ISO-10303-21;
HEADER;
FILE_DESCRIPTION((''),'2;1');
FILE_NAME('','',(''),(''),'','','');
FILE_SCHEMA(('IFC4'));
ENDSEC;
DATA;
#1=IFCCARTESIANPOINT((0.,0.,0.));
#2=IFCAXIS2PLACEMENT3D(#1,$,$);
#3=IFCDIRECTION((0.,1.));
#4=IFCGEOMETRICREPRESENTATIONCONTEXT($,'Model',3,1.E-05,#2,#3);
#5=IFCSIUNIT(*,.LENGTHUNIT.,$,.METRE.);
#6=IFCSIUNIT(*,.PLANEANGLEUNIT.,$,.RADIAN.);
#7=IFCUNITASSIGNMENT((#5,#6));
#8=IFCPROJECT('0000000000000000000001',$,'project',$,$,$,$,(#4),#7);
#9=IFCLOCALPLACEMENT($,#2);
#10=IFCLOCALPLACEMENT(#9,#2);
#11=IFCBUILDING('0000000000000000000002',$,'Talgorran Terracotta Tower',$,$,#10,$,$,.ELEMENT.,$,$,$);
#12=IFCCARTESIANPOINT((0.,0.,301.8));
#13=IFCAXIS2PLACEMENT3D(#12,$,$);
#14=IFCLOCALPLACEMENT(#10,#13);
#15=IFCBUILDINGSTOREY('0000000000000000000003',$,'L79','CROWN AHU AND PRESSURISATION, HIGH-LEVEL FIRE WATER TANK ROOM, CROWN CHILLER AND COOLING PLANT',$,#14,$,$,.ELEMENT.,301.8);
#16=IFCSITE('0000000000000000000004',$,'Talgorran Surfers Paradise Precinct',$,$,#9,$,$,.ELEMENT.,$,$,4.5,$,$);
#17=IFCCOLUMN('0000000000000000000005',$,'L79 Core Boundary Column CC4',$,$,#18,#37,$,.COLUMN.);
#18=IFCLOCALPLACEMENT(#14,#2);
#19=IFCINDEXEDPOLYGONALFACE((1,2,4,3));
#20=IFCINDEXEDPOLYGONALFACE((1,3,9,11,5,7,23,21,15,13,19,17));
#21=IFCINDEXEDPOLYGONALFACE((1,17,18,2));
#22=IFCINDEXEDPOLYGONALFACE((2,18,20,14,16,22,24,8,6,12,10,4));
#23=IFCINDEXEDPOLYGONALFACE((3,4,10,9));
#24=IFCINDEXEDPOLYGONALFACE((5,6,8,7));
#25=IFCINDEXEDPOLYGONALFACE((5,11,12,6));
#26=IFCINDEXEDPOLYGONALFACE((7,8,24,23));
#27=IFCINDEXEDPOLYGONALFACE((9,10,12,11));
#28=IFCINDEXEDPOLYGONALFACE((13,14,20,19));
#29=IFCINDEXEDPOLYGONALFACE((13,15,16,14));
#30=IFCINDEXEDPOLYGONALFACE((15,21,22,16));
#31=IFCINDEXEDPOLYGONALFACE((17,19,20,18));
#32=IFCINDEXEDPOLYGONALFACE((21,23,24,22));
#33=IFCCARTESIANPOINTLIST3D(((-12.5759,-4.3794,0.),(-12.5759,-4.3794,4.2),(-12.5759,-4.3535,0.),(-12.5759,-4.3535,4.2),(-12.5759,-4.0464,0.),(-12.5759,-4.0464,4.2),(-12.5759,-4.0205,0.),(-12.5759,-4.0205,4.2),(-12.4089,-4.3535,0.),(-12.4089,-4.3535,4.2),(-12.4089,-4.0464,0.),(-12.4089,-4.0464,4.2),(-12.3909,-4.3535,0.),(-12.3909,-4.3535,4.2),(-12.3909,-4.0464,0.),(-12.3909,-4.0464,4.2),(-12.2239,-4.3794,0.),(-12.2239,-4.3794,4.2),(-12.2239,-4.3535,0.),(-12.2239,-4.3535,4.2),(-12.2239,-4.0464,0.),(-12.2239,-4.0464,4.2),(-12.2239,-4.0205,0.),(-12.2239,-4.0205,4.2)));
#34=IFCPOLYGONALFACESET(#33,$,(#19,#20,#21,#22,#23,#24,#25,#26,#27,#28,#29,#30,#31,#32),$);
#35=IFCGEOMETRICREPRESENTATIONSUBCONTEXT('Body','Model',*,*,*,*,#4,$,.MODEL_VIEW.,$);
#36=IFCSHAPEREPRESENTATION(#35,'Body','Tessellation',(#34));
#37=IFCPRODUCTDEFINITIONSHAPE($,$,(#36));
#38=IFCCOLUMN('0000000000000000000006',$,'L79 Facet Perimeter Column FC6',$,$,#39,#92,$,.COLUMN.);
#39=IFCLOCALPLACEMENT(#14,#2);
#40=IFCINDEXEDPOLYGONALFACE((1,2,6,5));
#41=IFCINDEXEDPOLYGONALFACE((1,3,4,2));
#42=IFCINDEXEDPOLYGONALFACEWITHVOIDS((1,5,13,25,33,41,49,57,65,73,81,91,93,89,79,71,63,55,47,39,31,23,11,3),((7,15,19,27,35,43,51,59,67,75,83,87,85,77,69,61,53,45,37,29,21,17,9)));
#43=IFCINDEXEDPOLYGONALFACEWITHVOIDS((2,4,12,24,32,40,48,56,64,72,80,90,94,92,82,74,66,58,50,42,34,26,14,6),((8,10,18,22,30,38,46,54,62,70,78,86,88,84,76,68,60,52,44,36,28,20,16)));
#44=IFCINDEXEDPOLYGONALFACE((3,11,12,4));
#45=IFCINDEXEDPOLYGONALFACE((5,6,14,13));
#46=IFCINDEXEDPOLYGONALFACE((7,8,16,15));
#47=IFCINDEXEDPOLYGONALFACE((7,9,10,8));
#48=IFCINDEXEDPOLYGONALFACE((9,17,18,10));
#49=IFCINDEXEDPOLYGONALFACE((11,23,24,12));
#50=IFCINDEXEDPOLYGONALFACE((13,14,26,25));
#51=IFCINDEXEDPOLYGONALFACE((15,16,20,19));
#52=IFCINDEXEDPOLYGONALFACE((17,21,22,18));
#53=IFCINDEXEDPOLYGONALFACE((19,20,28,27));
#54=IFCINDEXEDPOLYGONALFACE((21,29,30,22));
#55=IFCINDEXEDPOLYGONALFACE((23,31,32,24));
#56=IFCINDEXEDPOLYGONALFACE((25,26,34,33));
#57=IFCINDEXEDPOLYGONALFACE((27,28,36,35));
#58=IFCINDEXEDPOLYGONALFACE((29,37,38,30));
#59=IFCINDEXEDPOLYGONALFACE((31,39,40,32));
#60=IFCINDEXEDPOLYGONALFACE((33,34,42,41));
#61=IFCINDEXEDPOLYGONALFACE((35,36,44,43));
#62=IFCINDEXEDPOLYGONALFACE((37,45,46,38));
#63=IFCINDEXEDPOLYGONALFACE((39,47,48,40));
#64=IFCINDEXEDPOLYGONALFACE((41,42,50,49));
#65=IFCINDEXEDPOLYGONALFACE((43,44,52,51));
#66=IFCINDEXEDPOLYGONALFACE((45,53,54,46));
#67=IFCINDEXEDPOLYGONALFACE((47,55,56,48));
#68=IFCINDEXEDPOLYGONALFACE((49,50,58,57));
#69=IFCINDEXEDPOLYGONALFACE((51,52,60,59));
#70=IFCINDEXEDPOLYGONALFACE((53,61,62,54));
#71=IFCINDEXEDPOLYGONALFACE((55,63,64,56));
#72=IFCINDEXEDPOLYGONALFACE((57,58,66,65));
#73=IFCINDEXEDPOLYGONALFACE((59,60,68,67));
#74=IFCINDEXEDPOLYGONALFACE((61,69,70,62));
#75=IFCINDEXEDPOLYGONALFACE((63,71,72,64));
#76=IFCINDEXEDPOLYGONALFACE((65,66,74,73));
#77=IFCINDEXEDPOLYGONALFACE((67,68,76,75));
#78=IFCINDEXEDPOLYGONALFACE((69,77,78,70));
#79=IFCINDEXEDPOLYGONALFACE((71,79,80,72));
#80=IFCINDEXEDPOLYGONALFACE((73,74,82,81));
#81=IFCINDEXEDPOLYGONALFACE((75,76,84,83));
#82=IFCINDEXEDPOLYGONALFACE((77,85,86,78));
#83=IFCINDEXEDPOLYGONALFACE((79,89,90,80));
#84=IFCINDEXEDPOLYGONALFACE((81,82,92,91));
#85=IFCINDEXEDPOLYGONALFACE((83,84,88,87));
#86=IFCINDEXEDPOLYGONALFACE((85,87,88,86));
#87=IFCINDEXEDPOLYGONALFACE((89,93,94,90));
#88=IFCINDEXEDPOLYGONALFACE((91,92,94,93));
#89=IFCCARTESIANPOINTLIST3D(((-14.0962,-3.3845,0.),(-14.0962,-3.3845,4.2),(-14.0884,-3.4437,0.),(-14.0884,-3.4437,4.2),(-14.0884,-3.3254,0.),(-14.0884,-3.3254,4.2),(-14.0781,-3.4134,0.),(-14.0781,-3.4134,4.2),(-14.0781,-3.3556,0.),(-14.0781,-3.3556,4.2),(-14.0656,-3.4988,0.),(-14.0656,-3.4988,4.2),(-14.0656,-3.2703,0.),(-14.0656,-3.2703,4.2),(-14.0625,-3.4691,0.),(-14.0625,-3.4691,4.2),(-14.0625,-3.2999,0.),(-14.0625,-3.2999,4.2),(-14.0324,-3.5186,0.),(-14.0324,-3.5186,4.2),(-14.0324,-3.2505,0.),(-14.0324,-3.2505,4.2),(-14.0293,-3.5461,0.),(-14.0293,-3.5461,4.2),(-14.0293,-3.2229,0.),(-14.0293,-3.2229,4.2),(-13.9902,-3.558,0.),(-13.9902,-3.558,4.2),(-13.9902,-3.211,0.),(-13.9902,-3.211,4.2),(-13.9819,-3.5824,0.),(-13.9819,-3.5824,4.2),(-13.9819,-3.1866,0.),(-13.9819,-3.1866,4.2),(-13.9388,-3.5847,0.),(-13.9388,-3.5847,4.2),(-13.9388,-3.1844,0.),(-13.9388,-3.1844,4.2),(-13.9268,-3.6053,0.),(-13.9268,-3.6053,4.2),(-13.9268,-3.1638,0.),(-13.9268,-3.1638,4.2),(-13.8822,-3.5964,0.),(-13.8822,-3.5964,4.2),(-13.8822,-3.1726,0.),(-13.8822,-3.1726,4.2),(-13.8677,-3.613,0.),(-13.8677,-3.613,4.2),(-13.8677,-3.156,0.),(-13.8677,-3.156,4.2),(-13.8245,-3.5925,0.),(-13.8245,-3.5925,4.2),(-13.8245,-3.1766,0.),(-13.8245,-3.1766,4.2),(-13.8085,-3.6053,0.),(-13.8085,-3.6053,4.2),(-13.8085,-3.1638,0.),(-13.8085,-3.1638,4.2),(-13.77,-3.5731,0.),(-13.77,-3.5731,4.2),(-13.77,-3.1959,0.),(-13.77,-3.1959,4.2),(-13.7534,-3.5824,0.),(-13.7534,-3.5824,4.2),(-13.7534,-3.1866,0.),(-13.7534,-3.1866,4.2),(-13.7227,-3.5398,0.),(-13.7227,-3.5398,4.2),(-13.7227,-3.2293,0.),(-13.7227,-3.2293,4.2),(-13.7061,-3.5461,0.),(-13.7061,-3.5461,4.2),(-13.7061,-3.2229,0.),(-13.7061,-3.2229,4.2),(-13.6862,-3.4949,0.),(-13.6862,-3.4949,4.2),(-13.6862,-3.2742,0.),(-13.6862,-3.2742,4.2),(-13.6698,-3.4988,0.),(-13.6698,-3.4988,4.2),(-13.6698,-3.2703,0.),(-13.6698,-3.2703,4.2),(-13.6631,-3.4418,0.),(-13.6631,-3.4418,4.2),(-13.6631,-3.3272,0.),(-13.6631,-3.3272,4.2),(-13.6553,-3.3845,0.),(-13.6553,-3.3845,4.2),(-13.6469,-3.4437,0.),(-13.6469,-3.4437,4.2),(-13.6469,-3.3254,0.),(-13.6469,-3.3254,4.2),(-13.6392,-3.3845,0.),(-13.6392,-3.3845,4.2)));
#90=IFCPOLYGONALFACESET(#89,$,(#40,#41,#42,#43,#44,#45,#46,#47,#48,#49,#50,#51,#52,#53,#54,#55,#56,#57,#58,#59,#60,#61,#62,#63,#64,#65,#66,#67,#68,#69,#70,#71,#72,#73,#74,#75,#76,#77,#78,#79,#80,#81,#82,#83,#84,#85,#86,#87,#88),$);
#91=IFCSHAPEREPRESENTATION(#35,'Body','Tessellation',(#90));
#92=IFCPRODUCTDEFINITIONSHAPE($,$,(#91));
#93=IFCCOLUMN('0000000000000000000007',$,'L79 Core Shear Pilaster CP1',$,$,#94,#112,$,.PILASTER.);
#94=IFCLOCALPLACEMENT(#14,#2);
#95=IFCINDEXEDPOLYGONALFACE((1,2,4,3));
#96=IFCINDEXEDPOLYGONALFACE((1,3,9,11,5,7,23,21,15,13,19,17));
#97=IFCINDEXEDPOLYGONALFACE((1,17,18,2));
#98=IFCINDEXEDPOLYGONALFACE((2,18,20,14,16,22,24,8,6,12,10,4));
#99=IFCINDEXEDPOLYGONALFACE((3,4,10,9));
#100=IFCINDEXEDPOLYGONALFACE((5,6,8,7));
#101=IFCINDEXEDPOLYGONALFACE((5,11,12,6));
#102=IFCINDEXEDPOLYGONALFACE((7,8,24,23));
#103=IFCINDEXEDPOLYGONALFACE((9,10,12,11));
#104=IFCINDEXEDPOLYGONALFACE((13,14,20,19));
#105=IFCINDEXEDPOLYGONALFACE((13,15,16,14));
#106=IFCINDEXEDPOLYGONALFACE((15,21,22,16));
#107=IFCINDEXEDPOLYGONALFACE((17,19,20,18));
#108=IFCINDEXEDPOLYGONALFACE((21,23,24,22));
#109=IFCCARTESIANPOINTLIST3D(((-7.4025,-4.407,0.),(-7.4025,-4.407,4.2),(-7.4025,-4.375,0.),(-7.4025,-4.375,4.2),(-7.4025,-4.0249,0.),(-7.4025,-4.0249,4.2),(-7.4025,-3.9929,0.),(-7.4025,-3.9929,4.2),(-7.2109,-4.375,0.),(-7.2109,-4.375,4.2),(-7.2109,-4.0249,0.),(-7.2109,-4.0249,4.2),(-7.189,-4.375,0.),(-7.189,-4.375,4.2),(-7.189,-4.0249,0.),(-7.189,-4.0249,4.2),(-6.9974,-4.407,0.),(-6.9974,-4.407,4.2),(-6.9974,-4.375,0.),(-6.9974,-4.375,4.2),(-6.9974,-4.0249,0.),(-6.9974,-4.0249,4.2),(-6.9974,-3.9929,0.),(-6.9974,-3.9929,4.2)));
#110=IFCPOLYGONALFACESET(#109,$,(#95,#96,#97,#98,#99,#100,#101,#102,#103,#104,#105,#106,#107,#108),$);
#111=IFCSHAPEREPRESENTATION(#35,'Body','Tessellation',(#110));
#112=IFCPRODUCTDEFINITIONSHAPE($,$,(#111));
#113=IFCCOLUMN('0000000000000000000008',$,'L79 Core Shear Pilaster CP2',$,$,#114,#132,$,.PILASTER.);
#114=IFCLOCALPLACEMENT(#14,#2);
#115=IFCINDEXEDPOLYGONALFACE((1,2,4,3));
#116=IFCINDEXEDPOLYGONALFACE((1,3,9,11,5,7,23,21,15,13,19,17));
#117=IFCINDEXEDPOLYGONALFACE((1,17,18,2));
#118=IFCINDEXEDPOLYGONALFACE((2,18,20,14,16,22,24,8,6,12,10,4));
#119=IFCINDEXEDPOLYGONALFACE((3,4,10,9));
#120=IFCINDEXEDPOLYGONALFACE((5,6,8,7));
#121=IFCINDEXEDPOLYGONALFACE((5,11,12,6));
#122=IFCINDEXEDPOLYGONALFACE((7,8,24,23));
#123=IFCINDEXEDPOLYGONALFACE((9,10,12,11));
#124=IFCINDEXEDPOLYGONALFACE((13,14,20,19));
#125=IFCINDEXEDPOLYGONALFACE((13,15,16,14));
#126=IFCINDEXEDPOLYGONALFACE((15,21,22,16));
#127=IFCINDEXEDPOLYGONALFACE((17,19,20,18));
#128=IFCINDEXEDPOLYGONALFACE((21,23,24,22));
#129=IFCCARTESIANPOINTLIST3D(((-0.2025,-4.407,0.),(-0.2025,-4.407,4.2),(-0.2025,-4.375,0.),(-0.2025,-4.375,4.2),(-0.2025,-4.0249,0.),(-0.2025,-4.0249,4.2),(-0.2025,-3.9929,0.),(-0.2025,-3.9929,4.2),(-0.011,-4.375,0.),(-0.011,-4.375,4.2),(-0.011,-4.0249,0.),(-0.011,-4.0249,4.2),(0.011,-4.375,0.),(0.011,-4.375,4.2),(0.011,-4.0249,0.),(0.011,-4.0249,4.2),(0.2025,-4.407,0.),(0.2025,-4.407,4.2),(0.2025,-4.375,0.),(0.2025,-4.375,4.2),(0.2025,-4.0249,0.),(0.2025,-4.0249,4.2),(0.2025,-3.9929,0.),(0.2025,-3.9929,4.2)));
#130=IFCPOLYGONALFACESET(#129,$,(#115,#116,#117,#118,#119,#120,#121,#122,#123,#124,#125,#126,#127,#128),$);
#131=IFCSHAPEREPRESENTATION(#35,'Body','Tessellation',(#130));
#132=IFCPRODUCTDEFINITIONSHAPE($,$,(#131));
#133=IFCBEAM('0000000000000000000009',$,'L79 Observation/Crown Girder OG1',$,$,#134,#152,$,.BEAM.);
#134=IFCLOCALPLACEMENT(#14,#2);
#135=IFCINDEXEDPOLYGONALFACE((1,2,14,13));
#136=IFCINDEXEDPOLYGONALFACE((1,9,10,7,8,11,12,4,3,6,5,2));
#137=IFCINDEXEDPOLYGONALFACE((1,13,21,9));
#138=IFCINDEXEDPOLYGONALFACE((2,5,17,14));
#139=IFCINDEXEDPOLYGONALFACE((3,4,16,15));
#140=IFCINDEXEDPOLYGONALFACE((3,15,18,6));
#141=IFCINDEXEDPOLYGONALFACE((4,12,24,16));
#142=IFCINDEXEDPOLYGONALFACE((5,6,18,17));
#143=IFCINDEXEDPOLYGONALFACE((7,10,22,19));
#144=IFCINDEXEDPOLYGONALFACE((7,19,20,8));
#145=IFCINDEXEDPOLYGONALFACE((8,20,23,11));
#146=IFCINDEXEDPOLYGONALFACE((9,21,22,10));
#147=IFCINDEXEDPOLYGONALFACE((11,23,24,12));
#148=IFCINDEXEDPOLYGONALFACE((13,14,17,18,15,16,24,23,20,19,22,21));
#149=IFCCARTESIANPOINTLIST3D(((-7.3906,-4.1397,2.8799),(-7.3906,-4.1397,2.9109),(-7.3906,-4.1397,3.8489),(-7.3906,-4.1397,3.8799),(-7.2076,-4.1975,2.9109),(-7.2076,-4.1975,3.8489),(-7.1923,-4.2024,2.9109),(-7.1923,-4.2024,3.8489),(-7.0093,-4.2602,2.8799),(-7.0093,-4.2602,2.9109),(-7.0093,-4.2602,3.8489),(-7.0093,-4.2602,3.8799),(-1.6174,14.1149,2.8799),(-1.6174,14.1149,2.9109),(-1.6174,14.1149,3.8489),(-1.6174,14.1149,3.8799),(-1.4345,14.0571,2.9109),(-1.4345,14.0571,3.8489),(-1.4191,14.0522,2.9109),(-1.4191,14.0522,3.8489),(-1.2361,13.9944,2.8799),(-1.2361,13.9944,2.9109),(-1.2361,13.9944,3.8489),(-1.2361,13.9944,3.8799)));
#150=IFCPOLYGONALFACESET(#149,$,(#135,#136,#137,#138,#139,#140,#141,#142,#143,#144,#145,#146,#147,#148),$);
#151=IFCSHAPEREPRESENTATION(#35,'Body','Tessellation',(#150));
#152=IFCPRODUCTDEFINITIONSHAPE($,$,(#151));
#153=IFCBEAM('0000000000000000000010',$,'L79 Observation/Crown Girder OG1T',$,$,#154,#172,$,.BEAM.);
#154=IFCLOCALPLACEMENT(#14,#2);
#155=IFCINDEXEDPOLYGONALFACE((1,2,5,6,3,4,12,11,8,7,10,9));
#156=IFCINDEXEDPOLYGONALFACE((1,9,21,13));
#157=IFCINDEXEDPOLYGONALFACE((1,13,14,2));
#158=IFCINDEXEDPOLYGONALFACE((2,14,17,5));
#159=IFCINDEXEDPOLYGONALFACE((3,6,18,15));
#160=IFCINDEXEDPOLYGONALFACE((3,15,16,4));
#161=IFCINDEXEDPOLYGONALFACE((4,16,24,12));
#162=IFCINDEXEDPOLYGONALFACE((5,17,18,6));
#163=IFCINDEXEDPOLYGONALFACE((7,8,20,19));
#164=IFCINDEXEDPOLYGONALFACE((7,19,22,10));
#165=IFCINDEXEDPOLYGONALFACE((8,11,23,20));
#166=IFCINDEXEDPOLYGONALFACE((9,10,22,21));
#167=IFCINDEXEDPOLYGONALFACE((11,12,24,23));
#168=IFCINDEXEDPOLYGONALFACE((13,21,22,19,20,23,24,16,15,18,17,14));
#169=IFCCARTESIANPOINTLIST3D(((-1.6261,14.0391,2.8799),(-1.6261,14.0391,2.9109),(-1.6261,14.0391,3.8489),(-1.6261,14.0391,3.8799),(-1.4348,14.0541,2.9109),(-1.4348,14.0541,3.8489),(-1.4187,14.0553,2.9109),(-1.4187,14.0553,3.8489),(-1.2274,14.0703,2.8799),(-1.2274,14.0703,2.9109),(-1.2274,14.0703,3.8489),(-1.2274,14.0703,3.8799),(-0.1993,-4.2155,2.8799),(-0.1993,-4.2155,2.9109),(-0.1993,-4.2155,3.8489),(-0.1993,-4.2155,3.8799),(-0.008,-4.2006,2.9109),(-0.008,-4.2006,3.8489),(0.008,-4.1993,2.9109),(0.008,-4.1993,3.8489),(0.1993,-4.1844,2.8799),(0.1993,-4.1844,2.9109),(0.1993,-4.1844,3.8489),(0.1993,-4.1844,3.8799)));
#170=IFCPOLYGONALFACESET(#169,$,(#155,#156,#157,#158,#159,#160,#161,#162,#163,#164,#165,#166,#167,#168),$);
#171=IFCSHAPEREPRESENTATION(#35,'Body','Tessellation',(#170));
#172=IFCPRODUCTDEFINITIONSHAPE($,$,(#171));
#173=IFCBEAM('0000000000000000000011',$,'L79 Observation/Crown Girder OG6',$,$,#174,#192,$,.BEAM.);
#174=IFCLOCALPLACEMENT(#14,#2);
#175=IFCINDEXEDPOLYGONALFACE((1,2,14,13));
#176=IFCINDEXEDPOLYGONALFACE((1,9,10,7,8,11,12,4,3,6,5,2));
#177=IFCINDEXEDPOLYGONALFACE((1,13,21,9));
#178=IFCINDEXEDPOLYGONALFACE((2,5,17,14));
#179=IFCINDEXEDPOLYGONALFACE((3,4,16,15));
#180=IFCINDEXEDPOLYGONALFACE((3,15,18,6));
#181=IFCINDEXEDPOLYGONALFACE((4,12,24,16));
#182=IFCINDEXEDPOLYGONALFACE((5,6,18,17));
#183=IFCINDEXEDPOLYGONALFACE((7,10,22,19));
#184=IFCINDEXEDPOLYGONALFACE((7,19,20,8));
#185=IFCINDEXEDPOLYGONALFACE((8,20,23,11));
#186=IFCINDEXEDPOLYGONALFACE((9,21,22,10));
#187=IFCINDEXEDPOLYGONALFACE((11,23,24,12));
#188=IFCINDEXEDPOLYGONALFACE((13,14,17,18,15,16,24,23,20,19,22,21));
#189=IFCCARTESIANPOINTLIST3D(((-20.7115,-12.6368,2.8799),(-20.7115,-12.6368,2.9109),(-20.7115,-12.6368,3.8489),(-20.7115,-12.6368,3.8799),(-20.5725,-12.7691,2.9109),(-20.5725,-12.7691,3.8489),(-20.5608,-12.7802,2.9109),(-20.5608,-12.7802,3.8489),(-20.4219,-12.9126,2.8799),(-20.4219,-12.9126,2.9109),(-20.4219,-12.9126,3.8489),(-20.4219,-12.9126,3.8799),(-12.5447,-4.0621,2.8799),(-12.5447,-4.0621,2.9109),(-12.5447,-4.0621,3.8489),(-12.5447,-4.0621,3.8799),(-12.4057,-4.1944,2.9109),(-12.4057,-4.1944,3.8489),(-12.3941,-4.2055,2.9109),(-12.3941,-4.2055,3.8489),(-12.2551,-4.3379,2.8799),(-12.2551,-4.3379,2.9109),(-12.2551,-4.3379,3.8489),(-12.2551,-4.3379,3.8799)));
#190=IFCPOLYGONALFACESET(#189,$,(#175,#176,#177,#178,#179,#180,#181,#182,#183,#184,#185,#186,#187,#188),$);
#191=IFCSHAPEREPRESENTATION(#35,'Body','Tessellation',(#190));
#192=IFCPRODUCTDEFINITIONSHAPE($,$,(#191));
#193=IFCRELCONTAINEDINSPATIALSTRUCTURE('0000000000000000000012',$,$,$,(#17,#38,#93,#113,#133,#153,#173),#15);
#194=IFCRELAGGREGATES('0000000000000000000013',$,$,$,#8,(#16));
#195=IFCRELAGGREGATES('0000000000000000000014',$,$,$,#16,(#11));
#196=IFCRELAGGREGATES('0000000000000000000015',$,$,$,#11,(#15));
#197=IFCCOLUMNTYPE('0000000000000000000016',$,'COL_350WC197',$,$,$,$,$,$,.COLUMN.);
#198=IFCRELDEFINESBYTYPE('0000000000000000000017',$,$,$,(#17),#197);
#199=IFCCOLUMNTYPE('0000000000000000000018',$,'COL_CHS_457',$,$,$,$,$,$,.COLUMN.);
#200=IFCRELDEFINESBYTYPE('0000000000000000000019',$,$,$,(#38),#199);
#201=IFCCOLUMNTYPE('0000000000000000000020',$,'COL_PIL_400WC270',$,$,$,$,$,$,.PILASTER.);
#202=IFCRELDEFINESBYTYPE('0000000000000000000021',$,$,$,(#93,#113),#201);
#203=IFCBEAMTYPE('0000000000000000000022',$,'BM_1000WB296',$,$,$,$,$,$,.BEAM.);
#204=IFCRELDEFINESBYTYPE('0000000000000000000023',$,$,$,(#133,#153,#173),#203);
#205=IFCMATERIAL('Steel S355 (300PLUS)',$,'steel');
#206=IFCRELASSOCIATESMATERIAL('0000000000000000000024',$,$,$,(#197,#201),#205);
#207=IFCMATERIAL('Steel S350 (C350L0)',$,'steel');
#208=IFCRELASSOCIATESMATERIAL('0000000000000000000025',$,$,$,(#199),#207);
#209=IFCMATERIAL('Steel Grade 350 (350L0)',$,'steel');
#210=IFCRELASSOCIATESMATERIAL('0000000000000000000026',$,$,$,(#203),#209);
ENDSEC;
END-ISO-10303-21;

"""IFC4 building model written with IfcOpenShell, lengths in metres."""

from ifc_helpers import new_model, si_unit, direction, frame, origin, origin_2d, place, context, subcontext, project, spatial, hollow_circle, i_section, extrude, material, material_profile, profile_set, type_object, element, save


model = new_model("IFC4")

# Units and contexts
model_context = context("Model", 3, precision=1e-05, world=origin(), true_north=direction((0.0, 1.0)))
body_context = subcontext(model_context, "Body", "Model", "MODEL_VIEW")
ifc_project = project(units=[si_unit("LENGTHUNIT", "METRE"), si_unit("PLANEANGLEUNIT", "RADIAN")], contexts=[model_context])

# Site, building, storey
site_placement = place(None, origin())
site = spatial("IfcSite", under=ifc_project, at=site_placement, Name="Talgorran Surfers Paradise Precinct", CompositionType="ELEMENT", RefElevation=4.5)
building_placement = place(site_placement, origin())
building = spatial("IfcBuilding", under=site, at=building_placement, Name="Talgorran Terracotta Tower", CompositionType="ELEMENT")
storey_placement = place(building_placement, frame((0.0, 0.0, 301.8)))
storey = spatial("IfcBuildingStorey", under=building, at=storey_placement, Name="L79", Description="CROWN AHU AND PRESSURISATION, HIGH-LEVEL FIRE WATER TANK ROOM, CROWN CHILLER AND COOLING PLANT", CompositionType="ELEMENT", Elevation=301.8)

# Columns
ifc_material_1 = material(Name="Steel S355 (300PLUS)", Category="steel")
ifc_material_profile_1 = material_profile(ifc_material_1, i_section(OverallWidth=0.3521, OverallDepth=0.3589, WebThickness=0.0181, FlangeThickness=0.0259, at=origin_2d()), Name="350WC197")
ifc_profile_set_1 = profile_set([ifc_material_profile_1], Name="Steel S355 (300PLUS)")
column_type_1 = type_object("IfcColumnType", Name="COL_350WC197", PredefinedType="COLUMN", material=ifc_profile_set_1)
column_1_placement = place(storey_placement, frame((-12.3999, -4.2, 0.0), z_axis=(0.0, 0.0, 1.0), x_axis=(1.0, 0.0, 0.0)))
element("IfcColumn", 1, at=column_1_placement, inside=storey, type_object=column_type_1, Name="L79 Core Boundary Column CC4", PredefinedType="COLUMN", context=body_context, shape_type="SweptSolid", body=[
    extrude(i_section(OverallWidth=0.3521, OverallDepth=0.3589, WebThickness=0.0181, FlangeThickness=0.0259, at=origin_2d()), origin(), (0.0, 0.0, 1.0), 4.2),
])
ifc_material_2 = material(Name="Steel S350 (C350L0)", Category="steel")
ifc_material_profile_2 = material_profile(ifc_material_2, hollow_circle(Radius=0.2285, WallThickness=0.0161, at=origin_2d()), Name="CHS457X16")
ifc_profile_set_2 = profile_set([ifc_material_profile_2], Name="Steel S350 (C350L0)")
column_type_2 = type_object("IfcColumnType", Name="COL_CHS_457", PredefinedType="COLUMN", material=ifc_profile_set_2)
column_2_placement = place(storey_placement, frame((-13.8677, -3.3845, 0.0), z_axis=(0.0, 0.0, 1.0), x_axis=(1.0, 0.0, 0.0)))
element("IfcColumn", 2, at=column_2_placement, inside=storey, type_object=column_type_2, Name="L79 Facet Perimeter Column FC6", PredefinedType="COLUMN", context=body_context, shape_type="SweptSolid", body=[
    extrude(hollow_circle(Radius=0.2285, WallThickness=0.0161, at=origin_2d()), origin(), (0.0, 0.0, 1.0), 4.2),
])
ifc_material_profile_3 = material_profile(ifc_material_1, i_section(OverallWidth=0.405, OverallDepth=0.4141, WebThickness=0.022, FlangeThickness=0.032, at=origin_2d()), Name="400WC270")
ifc_profile_set_3 = profile_set([ifc_material_profile_3], Name="Steel S355 (300PLUS)")
column_type_3 = type_object("IfcColumnType", Name="COL_PIL_400WC270", PredefinedType="PILASTER", material=ifc_profile_set_3)
for number, where, z_axis, x_axis, name in (
    (3, (-7.2, -4.2, 0.0), (0.0, 0.0, 1.0), (1.0, 0.0, 0.0), "L79 Core Shear Pilaster CP1"),
    (4, (0.0, -4.2, 0.0), (0.0, 0.0, 1.0), (1.0, 0.0, 0.0), "L79 Core Shear Pilaster CP2"),
):
    element("IfcColumn", number, at=place(storey_placement, frame(where, z_axis=z_axis, x_axis=x_axis)), inside=storey, type_object=column_type_3, Name=name, PredefinedType="PILASTER", context=body_context, shape_type="SweptSolid", body=[
        extrude(i_section(OverallWidth=0.405, OverallDepth=0.4141, WebThickness=0.022, FlangeThickness=0.032, at=origin_2d()), origin(), (0.0, 0.0, 1.0), 4.2),
    ])

# Beams
ifc_material_3 = material(Name="Steel Grade 350 (350L0)", Category="steel")
ifc_material_profile_4 = material_profile(ifc_material_3, i_section(OverallWidth=0.3999, OverallDepth=1.0, WebThickness=0.0161, FlangeThickness=0.031, at=origin_2d()), Name="1000WB296")
ifc_profile_set_4 = profile_set([ifc_material_profile_4], Name="Steel Grade 350 (350L0)")
beam_type_1 = type_object("IfcBeamType", Name="BM_1000WB296", PredefinedType="BEAM", material=ifc_profile_set_4)
beam_1_placement = place(storey_placement, frame((-7.2, -4.2, 3.3799), z_axis=(0.301538, 0.953454, 0.0), x_axis=(-0.953454, 0.301538, 0.0)))
element("IfcBeam", 5, at=beam_1_placement, inside=storey, type_object=beam_type_1, Name="L79 Observation/Crown Girder OG1", PredefinedType="BEAM", context=body_context, shape_type="SweptSolid", body=[
    extrude(i_section(OverallWidth=0.3999, OverallDepth=1.0, WebThickness=0.0161, FlangeThickness=0.031, at=origin_2d()), origin(), (0.0, 0.0, 1.0), 19.1458),
])
beam_2_placement = place(storey_placement, frame((0.0, -4.2, 3.3799), z_axis=(-0.077921, 0.99696, 0.0), x_axis=(-0.99696, -0.077921, 0.0)))
element("IfcBeam", 6, at=beam_2_placement, inside=storey, type_object=beam_type_1, Name="L79 Observation/Crown Girder OG1T", PredefinedType="BEAM", context=body_context, shape_type="SweptSolid", body=[
    extrude(i_section(OverallWidth=0.3999, OverallDepth=1.0, WebThickness=0.0161, FlangeThickness=0.031, at=origin_2d()), origin(), (0.0, 0.0, 1.0), 18.3103),
])
beam_3_placement = place(storey_placement, frame((-12.3999, -4.2, 3.3799), z_axis=(-0.689671, -0.724123, 0.0), x_axis=(0.724123, -0.689671, 0.0)))
element("IfcBeam", 7, at=beam_3_placement, inside=storey, type_object=beam_type_1, Name="L79 Observation/Crown Girder OG6", PredefinedType="BEAM", context=body_context, shape_type="SweptSolid", body=[
    extrude(i_section(OverallWidth=0.3999, OverallDepth=1.0, WebThickness=0.0161, FlangeThickness=0.031, at=origin_2d()), origin(), (0.0, 0.0, 1.0), 11.8416),
])

save(model, "model.ifc")
